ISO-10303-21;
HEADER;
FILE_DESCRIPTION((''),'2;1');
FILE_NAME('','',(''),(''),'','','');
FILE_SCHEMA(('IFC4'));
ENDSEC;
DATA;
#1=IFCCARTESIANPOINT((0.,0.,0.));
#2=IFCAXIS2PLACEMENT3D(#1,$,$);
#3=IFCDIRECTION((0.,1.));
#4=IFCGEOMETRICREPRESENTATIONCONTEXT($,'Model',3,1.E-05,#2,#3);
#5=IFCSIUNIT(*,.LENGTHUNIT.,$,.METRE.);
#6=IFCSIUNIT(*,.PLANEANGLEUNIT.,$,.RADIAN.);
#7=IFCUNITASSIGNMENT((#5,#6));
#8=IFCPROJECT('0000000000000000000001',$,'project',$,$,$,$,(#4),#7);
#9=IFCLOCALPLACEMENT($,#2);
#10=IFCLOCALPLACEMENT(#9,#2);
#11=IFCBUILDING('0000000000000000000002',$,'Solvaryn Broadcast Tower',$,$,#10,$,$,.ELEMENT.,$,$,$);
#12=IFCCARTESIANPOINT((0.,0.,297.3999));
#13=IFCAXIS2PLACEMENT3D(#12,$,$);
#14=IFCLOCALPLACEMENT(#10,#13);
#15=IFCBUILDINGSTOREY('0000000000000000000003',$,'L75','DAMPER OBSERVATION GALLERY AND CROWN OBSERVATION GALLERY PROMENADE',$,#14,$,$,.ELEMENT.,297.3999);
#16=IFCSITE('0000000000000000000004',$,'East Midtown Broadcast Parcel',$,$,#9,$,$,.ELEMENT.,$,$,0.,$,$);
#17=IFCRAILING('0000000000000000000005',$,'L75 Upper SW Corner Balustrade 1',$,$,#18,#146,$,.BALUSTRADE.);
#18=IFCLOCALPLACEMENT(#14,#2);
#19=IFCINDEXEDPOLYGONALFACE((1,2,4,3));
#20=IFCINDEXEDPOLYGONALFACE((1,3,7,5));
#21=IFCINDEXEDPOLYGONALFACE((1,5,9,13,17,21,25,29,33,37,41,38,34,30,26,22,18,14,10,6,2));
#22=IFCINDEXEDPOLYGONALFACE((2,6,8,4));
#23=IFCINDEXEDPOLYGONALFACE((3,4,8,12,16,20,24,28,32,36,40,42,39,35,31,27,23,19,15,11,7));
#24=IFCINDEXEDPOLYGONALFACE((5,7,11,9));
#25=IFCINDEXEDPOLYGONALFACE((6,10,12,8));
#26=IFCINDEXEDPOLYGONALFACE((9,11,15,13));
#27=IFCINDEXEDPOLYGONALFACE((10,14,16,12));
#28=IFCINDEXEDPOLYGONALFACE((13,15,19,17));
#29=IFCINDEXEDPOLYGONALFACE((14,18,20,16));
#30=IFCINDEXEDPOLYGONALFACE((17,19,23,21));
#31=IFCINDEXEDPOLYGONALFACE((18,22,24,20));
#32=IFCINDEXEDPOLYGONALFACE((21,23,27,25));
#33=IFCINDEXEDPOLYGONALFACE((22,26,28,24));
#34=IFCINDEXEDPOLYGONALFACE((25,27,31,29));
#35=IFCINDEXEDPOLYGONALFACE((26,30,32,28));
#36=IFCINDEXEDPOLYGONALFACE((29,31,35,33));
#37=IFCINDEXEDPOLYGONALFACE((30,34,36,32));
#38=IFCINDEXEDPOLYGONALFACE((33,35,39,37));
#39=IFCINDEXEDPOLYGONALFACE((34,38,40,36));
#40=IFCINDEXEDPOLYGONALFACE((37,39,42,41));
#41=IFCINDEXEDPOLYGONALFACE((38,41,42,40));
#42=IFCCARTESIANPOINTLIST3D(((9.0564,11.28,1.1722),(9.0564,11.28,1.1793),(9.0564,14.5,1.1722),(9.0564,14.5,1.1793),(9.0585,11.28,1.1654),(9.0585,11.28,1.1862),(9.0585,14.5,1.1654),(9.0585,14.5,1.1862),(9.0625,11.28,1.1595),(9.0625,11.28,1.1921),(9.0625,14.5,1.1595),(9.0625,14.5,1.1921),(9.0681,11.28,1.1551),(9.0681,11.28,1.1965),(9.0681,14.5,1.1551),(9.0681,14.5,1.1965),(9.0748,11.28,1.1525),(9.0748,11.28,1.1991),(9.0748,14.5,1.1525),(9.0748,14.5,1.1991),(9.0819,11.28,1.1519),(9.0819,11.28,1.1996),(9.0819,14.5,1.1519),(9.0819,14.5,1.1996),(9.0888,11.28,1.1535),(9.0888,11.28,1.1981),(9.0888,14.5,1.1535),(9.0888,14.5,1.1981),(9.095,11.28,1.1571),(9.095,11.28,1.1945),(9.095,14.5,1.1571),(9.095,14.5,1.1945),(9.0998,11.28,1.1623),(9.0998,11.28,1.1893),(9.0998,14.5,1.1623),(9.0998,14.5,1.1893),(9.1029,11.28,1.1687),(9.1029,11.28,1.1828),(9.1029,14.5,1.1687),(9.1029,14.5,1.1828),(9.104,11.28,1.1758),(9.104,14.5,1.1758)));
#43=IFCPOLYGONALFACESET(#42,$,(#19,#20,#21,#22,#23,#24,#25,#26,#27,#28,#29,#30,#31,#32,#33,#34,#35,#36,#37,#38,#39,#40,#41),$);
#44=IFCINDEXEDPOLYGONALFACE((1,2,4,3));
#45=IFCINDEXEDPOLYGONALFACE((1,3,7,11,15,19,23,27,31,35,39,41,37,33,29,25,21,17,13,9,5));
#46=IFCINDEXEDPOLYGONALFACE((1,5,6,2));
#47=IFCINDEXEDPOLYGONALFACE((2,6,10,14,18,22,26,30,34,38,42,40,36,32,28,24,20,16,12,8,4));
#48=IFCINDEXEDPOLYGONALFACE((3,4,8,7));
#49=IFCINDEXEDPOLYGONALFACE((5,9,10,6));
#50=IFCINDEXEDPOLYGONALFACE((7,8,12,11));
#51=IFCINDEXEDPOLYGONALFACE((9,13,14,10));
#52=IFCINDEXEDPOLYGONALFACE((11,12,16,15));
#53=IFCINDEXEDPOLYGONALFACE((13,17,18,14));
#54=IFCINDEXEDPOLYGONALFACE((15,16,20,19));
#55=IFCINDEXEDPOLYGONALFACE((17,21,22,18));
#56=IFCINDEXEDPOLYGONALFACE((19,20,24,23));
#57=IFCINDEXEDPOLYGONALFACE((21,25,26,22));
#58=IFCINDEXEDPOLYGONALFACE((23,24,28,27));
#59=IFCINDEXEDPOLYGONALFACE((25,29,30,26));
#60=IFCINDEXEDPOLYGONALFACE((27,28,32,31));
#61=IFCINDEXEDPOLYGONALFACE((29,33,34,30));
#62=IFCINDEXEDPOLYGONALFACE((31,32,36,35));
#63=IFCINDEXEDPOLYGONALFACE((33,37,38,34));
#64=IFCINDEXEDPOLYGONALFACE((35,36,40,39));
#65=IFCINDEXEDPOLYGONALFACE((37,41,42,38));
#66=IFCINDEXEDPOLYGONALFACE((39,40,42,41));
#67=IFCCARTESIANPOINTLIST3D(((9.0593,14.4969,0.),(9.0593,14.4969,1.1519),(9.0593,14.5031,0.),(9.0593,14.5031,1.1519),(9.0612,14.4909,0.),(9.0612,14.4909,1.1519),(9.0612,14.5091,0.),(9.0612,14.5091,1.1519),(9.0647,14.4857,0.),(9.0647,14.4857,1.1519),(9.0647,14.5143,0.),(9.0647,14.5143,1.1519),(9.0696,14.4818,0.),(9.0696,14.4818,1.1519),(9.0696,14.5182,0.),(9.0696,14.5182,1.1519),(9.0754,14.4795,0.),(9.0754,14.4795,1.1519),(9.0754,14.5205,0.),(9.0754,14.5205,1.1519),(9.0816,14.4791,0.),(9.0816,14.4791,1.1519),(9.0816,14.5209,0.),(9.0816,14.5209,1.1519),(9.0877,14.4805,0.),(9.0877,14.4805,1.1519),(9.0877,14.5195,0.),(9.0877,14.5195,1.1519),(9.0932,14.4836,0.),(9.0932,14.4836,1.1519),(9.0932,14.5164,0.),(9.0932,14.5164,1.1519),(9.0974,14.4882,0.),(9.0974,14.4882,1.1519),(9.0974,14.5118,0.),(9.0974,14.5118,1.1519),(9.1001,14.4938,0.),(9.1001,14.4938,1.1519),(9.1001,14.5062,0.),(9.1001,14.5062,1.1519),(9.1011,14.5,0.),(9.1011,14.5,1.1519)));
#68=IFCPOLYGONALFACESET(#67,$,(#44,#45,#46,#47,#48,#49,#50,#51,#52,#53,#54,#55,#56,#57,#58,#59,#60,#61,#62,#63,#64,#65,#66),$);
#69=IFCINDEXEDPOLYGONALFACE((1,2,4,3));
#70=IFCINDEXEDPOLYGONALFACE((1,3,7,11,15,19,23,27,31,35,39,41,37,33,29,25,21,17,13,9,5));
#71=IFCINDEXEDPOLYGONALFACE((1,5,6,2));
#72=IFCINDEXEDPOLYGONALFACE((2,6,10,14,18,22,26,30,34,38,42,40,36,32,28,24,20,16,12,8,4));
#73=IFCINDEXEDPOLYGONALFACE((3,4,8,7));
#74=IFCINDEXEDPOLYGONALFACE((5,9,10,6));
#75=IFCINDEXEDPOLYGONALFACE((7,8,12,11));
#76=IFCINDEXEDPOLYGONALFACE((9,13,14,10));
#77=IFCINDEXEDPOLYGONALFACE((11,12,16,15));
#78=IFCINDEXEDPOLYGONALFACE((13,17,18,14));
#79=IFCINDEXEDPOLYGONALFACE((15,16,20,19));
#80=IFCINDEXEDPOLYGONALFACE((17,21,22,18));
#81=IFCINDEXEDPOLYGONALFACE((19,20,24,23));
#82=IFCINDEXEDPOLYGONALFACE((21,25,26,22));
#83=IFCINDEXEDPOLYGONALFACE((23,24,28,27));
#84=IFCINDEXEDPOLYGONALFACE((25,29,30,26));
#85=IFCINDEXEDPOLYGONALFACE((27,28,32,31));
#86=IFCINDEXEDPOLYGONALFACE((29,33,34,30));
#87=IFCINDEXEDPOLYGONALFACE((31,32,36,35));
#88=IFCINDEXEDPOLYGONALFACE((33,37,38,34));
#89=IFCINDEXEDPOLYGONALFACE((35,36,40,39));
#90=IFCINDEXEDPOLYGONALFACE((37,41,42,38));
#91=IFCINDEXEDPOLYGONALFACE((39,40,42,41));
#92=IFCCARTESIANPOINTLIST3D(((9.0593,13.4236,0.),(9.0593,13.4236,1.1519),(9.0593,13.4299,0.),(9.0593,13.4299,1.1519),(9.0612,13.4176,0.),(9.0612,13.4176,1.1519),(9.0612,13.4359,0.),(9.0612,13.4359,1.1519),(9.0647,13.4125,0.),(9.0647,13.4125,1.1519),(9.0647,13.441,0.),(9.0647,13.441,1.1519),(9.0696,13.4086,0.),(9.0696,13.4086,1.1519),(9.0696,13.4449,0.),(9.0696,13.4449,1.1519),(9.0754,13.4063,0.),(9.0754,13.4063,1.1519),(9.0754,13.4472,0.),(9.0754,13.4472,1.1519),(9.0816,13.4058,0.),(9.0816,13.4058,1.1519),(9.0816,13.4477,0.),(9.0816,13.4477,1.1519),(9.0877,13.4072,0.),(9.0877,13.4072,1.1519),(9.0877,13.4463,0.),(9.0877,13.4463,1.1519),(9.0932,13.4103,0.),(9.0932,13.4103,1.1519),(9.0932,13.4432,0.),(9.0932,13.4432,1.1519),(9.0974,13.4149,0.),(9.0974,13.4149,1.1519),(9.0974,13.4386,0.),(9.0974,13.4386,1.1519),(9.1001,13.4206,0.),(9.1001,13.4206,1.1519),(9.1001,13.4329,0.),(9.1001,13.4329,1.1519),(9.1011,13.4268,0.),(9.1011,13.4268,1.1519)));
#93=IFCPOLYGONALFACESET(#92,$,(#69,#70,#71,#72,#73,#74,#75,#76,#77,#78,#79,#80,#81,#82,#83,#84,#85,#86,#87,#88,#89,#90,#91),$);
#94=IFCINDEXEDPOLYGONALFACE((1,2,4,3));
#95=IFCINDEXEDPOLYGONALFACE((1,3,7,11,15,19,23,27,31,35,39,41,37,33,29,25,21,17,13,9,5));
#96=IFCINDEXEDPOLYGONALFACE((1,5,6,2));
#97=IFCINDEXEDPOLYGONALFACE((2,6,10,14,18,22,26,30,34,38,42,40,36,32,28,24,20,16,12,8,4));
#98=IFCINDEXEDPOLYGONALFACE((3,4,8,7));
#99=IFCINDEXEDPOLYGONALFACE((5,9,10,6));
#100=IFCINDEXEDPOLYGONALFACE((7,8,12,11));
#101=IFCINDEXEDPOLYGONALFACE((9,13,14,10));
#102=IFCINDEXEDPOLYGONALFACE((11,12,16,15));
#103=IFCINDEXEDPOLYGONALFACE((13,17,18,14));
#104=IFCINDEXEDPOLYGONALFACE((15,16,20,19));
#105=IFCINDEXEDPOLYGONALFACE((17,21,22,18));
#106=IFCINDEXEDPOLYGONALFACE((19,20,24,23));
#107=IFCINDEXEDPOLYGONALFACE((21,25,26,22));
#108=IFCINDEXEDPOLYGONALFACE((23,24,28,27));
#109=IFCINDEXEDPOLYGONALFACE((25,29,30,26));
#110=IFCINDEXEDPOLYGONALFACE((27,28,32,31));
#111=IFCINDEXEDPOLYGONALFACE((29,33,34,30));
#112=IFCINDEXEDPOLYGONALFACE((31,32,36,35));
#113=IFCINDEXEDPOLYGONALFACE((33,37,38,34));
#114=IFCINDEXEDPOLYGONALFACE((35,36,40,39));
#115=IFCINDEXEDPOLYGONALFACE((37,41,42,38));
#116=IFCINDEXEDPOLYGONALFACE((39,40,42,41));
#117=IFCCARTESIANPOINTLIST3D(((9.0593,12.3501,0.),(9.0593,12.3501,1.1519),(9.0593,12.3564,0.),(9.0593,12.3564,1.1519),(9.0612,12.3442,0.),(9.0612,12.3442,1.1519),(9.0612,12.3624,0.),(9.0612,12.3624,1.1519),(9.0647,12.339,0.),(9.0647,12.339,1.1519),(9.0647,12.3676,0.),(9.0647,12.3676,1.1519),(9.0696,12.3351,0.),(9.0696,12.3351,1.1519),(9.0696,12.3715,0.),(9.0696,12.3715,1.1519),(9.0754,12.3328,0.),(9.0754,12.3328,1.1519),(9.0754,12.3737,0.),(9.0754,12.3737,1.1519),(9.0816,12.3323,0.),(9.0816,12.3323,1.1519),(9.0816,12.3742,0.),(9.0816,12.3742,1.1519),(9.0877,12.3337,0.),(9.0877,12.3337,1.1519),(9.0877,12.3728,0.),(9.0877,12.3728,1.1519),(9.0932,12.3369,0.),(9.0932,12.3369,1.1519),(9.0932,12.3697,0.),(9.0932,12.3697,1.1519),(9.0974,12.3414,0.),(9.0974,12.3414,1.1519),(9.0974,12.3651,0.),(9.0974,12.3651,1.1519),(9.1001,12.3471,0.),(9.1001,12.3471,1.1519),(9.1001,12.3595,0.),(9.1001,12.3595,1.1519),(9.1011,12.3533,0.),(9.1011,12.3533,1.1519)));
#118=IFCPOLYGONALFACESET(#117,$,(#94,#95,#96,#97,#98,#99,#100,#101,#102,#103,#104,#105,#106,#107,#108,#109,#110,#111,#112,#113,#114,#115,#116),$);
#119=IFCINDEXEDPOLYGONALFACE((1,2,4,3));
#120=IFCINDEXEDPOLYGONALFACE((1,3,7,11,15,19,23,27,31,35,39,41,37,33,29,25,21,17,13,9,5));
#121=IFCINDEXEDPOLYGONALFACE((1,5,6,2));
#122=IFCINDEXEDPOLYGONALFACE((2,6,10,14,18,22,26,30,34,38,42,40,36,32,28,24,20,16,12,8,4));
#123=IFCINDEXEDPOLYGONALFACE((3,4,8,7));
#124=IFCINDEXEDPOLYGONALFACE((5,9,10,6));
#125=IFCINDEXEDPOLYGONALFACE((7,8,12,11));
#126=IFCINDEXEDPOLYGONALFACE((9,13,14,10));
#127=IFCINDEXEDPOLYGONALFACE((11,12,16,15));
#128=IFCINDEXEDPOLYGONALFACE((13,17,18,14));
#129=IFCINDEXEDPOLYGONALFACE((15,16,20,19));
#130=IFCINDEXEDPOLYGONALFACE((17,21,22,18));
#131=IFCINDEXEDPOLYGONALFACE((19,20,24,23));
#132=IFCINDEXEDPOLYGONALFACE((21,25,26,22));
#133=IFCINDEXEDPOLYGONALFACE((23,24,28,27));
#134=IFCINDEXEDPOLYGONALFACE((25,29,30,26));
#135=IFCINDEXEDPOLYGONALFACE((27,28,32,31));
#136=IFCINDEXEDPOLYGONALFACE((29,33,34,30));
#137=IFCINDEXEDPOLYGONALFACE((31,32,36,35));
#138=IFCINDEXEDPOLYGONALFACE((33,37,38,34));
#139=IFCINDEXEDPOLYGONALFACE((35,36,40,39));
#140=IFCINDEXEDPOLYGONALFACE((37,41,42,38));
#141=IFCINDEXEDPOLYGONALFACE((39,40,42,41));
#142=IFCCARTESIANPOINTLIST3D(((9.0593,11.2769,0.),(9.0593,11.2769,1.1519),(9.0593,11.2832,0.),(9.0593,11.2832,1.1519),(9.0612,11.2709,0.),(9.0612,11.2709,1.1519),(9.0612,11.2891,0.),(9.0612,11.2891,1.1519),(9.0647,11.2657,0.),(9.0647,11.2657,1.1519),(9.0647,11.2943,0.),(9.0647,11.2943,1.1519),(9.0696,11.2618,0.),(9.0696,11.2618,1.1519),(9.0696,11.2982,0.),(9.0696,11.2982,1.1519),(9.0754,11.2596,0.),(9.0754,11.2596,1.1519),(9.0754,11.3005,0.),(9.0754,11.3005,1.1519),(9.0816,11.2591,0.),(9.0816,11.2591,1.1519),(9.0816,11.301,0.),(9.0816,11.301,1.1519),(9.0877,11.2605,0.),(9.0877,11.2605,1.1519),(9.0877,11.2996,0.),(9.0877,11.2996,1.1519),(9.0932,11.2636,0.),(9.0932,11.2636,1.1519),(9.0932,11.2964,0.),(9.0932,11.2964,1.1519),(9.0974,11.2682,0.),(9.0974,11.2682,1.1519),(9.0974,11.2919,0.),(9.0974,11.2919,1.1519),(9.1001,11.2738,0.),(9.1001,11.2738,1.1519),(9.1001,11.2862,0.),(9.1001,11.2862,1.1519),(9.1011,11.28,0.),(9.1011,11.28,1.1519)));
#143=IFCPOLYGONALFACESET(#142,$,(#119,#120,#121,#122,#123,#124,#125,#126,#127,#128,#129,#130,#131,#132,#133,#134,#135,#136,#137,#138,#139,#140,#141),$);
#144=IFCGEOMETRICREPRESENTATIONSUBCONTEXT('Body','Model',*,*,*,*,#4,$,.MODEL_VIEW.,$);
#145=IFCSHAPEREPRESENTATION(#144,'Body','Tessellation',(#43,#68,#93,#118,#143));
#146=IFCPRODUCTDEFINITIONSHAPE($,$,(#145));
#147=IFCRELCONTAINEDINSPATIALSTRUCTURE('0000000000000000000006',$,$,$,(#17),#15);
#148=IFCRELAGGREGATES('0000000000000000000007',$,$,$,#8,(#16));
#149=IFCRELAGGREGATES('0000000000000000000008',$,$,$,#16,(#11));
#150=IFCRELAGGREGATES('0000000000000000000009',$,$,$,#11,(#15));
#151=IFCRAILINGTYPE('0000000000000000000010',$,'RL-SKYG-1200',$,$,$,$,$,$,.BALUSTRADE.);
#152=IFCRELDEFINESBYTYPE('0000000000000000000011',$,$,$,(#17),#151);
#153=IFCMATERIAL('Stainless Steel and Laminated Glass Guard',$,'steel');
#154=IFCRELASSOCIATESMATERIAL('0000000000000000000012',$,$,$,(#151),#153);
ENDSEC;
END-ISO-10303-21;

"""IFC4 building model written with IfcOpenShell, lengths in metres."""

from ifc_helpers import new_model, si_unit, direction, frame, origin, origin_2d, place, context, subcontext, project, spatial, circle, extrude, material, type_object, element, save


model = new_model("IFC4")

# Units and contexts
model_context = context("Model", 3, precision=1e-05, world=origin(), true_north=direction((0.0, 1.0)))
body_context = subcontext(model_context, "Body", "Model", "MODEL_VIEW")
ifc_project = project(units=[si_unit("LENGTHUNIT", "METRE"), si_unit("PLANEANGLEUNIT", "RADIAN")], contexts=[model_context])

# Site, building, storey
site_placement = place(None, origin())
site = spatial("IfcSite", under=ifc_project, at=site_placement, Name="East Midtown Broadcast Parcel", CompositionType="ELEMENT", RefElevation=0.0)
building_placement = place(site_placement, origin())
building = spatial("IfcBuilding", under=site, at=building_placement, Name="Solvaryn Broadcast Tower", CompositionType="ELEMENT")
storey_placement = place(building_placement, frame((0.0, 0.0, 297.3999)))
storey = spatial("IfcBuildingStorey", under=building, at=storey_placement, Name="L75", Description="DAMPER OBSERVATION GALLERY AND CROWN OBSERVATION GALLERY PROMENADE", CompositionType="ELEMENT", Elevation=297.3999)

# Railing
ifc_material_1 = material(Name="Stainless Steel and Laminated Glass Guard", Category="steel")
railing_type = type_object("IfcRailingType", Name="RL-SKYG-1200", PredefinedType="BALUSTRADE", material=ifc_material_1)
railing_placement = place(storey_placement, frame((9.0801, 14.5, 0.0)))
element("IfcRailing", 1, at=railing_placement, inside=storey, type_object=railing_type, Name="L75 Upper SW Corner Balustrade 1", PredefinedType="BALUSTRADE", context=body_context, shape_type="SweptSolid", body=[
    extrude(circle(Radius=0.0239, at=origin_2d()), frame((0.0, 0.0, 1.1758), z_axis=(0.0, -1.0, 0.0), x_axis=(1.0, 0.0, 0.0)), (0.0, 0.0, 1.0), 3.22),
    extrude(circle(Radius=0.021, at=origin_2d()), origin(), (0.0, 0.0, 1.0), 1.1519),
    extrude(circle(Radius=0.021, at=origin_2d()), frame((0.0, -1.0732, 0.0)), (0.0, 0.0, 1.0), 1.1519),
    extrude(circle(Radius=0.021, at=origin_2d()), frame((0.0, -2.1467, 0.0)), (0.0, 0.0, 1.0), 1.1519),
    extrude(circle(Radius=0.021, at=origin_2d()), frame((0.0, -3.22, 0.0)), (0.0, 0.0, 1.0), 1.1519),
])

save(model, "model.ifc")
